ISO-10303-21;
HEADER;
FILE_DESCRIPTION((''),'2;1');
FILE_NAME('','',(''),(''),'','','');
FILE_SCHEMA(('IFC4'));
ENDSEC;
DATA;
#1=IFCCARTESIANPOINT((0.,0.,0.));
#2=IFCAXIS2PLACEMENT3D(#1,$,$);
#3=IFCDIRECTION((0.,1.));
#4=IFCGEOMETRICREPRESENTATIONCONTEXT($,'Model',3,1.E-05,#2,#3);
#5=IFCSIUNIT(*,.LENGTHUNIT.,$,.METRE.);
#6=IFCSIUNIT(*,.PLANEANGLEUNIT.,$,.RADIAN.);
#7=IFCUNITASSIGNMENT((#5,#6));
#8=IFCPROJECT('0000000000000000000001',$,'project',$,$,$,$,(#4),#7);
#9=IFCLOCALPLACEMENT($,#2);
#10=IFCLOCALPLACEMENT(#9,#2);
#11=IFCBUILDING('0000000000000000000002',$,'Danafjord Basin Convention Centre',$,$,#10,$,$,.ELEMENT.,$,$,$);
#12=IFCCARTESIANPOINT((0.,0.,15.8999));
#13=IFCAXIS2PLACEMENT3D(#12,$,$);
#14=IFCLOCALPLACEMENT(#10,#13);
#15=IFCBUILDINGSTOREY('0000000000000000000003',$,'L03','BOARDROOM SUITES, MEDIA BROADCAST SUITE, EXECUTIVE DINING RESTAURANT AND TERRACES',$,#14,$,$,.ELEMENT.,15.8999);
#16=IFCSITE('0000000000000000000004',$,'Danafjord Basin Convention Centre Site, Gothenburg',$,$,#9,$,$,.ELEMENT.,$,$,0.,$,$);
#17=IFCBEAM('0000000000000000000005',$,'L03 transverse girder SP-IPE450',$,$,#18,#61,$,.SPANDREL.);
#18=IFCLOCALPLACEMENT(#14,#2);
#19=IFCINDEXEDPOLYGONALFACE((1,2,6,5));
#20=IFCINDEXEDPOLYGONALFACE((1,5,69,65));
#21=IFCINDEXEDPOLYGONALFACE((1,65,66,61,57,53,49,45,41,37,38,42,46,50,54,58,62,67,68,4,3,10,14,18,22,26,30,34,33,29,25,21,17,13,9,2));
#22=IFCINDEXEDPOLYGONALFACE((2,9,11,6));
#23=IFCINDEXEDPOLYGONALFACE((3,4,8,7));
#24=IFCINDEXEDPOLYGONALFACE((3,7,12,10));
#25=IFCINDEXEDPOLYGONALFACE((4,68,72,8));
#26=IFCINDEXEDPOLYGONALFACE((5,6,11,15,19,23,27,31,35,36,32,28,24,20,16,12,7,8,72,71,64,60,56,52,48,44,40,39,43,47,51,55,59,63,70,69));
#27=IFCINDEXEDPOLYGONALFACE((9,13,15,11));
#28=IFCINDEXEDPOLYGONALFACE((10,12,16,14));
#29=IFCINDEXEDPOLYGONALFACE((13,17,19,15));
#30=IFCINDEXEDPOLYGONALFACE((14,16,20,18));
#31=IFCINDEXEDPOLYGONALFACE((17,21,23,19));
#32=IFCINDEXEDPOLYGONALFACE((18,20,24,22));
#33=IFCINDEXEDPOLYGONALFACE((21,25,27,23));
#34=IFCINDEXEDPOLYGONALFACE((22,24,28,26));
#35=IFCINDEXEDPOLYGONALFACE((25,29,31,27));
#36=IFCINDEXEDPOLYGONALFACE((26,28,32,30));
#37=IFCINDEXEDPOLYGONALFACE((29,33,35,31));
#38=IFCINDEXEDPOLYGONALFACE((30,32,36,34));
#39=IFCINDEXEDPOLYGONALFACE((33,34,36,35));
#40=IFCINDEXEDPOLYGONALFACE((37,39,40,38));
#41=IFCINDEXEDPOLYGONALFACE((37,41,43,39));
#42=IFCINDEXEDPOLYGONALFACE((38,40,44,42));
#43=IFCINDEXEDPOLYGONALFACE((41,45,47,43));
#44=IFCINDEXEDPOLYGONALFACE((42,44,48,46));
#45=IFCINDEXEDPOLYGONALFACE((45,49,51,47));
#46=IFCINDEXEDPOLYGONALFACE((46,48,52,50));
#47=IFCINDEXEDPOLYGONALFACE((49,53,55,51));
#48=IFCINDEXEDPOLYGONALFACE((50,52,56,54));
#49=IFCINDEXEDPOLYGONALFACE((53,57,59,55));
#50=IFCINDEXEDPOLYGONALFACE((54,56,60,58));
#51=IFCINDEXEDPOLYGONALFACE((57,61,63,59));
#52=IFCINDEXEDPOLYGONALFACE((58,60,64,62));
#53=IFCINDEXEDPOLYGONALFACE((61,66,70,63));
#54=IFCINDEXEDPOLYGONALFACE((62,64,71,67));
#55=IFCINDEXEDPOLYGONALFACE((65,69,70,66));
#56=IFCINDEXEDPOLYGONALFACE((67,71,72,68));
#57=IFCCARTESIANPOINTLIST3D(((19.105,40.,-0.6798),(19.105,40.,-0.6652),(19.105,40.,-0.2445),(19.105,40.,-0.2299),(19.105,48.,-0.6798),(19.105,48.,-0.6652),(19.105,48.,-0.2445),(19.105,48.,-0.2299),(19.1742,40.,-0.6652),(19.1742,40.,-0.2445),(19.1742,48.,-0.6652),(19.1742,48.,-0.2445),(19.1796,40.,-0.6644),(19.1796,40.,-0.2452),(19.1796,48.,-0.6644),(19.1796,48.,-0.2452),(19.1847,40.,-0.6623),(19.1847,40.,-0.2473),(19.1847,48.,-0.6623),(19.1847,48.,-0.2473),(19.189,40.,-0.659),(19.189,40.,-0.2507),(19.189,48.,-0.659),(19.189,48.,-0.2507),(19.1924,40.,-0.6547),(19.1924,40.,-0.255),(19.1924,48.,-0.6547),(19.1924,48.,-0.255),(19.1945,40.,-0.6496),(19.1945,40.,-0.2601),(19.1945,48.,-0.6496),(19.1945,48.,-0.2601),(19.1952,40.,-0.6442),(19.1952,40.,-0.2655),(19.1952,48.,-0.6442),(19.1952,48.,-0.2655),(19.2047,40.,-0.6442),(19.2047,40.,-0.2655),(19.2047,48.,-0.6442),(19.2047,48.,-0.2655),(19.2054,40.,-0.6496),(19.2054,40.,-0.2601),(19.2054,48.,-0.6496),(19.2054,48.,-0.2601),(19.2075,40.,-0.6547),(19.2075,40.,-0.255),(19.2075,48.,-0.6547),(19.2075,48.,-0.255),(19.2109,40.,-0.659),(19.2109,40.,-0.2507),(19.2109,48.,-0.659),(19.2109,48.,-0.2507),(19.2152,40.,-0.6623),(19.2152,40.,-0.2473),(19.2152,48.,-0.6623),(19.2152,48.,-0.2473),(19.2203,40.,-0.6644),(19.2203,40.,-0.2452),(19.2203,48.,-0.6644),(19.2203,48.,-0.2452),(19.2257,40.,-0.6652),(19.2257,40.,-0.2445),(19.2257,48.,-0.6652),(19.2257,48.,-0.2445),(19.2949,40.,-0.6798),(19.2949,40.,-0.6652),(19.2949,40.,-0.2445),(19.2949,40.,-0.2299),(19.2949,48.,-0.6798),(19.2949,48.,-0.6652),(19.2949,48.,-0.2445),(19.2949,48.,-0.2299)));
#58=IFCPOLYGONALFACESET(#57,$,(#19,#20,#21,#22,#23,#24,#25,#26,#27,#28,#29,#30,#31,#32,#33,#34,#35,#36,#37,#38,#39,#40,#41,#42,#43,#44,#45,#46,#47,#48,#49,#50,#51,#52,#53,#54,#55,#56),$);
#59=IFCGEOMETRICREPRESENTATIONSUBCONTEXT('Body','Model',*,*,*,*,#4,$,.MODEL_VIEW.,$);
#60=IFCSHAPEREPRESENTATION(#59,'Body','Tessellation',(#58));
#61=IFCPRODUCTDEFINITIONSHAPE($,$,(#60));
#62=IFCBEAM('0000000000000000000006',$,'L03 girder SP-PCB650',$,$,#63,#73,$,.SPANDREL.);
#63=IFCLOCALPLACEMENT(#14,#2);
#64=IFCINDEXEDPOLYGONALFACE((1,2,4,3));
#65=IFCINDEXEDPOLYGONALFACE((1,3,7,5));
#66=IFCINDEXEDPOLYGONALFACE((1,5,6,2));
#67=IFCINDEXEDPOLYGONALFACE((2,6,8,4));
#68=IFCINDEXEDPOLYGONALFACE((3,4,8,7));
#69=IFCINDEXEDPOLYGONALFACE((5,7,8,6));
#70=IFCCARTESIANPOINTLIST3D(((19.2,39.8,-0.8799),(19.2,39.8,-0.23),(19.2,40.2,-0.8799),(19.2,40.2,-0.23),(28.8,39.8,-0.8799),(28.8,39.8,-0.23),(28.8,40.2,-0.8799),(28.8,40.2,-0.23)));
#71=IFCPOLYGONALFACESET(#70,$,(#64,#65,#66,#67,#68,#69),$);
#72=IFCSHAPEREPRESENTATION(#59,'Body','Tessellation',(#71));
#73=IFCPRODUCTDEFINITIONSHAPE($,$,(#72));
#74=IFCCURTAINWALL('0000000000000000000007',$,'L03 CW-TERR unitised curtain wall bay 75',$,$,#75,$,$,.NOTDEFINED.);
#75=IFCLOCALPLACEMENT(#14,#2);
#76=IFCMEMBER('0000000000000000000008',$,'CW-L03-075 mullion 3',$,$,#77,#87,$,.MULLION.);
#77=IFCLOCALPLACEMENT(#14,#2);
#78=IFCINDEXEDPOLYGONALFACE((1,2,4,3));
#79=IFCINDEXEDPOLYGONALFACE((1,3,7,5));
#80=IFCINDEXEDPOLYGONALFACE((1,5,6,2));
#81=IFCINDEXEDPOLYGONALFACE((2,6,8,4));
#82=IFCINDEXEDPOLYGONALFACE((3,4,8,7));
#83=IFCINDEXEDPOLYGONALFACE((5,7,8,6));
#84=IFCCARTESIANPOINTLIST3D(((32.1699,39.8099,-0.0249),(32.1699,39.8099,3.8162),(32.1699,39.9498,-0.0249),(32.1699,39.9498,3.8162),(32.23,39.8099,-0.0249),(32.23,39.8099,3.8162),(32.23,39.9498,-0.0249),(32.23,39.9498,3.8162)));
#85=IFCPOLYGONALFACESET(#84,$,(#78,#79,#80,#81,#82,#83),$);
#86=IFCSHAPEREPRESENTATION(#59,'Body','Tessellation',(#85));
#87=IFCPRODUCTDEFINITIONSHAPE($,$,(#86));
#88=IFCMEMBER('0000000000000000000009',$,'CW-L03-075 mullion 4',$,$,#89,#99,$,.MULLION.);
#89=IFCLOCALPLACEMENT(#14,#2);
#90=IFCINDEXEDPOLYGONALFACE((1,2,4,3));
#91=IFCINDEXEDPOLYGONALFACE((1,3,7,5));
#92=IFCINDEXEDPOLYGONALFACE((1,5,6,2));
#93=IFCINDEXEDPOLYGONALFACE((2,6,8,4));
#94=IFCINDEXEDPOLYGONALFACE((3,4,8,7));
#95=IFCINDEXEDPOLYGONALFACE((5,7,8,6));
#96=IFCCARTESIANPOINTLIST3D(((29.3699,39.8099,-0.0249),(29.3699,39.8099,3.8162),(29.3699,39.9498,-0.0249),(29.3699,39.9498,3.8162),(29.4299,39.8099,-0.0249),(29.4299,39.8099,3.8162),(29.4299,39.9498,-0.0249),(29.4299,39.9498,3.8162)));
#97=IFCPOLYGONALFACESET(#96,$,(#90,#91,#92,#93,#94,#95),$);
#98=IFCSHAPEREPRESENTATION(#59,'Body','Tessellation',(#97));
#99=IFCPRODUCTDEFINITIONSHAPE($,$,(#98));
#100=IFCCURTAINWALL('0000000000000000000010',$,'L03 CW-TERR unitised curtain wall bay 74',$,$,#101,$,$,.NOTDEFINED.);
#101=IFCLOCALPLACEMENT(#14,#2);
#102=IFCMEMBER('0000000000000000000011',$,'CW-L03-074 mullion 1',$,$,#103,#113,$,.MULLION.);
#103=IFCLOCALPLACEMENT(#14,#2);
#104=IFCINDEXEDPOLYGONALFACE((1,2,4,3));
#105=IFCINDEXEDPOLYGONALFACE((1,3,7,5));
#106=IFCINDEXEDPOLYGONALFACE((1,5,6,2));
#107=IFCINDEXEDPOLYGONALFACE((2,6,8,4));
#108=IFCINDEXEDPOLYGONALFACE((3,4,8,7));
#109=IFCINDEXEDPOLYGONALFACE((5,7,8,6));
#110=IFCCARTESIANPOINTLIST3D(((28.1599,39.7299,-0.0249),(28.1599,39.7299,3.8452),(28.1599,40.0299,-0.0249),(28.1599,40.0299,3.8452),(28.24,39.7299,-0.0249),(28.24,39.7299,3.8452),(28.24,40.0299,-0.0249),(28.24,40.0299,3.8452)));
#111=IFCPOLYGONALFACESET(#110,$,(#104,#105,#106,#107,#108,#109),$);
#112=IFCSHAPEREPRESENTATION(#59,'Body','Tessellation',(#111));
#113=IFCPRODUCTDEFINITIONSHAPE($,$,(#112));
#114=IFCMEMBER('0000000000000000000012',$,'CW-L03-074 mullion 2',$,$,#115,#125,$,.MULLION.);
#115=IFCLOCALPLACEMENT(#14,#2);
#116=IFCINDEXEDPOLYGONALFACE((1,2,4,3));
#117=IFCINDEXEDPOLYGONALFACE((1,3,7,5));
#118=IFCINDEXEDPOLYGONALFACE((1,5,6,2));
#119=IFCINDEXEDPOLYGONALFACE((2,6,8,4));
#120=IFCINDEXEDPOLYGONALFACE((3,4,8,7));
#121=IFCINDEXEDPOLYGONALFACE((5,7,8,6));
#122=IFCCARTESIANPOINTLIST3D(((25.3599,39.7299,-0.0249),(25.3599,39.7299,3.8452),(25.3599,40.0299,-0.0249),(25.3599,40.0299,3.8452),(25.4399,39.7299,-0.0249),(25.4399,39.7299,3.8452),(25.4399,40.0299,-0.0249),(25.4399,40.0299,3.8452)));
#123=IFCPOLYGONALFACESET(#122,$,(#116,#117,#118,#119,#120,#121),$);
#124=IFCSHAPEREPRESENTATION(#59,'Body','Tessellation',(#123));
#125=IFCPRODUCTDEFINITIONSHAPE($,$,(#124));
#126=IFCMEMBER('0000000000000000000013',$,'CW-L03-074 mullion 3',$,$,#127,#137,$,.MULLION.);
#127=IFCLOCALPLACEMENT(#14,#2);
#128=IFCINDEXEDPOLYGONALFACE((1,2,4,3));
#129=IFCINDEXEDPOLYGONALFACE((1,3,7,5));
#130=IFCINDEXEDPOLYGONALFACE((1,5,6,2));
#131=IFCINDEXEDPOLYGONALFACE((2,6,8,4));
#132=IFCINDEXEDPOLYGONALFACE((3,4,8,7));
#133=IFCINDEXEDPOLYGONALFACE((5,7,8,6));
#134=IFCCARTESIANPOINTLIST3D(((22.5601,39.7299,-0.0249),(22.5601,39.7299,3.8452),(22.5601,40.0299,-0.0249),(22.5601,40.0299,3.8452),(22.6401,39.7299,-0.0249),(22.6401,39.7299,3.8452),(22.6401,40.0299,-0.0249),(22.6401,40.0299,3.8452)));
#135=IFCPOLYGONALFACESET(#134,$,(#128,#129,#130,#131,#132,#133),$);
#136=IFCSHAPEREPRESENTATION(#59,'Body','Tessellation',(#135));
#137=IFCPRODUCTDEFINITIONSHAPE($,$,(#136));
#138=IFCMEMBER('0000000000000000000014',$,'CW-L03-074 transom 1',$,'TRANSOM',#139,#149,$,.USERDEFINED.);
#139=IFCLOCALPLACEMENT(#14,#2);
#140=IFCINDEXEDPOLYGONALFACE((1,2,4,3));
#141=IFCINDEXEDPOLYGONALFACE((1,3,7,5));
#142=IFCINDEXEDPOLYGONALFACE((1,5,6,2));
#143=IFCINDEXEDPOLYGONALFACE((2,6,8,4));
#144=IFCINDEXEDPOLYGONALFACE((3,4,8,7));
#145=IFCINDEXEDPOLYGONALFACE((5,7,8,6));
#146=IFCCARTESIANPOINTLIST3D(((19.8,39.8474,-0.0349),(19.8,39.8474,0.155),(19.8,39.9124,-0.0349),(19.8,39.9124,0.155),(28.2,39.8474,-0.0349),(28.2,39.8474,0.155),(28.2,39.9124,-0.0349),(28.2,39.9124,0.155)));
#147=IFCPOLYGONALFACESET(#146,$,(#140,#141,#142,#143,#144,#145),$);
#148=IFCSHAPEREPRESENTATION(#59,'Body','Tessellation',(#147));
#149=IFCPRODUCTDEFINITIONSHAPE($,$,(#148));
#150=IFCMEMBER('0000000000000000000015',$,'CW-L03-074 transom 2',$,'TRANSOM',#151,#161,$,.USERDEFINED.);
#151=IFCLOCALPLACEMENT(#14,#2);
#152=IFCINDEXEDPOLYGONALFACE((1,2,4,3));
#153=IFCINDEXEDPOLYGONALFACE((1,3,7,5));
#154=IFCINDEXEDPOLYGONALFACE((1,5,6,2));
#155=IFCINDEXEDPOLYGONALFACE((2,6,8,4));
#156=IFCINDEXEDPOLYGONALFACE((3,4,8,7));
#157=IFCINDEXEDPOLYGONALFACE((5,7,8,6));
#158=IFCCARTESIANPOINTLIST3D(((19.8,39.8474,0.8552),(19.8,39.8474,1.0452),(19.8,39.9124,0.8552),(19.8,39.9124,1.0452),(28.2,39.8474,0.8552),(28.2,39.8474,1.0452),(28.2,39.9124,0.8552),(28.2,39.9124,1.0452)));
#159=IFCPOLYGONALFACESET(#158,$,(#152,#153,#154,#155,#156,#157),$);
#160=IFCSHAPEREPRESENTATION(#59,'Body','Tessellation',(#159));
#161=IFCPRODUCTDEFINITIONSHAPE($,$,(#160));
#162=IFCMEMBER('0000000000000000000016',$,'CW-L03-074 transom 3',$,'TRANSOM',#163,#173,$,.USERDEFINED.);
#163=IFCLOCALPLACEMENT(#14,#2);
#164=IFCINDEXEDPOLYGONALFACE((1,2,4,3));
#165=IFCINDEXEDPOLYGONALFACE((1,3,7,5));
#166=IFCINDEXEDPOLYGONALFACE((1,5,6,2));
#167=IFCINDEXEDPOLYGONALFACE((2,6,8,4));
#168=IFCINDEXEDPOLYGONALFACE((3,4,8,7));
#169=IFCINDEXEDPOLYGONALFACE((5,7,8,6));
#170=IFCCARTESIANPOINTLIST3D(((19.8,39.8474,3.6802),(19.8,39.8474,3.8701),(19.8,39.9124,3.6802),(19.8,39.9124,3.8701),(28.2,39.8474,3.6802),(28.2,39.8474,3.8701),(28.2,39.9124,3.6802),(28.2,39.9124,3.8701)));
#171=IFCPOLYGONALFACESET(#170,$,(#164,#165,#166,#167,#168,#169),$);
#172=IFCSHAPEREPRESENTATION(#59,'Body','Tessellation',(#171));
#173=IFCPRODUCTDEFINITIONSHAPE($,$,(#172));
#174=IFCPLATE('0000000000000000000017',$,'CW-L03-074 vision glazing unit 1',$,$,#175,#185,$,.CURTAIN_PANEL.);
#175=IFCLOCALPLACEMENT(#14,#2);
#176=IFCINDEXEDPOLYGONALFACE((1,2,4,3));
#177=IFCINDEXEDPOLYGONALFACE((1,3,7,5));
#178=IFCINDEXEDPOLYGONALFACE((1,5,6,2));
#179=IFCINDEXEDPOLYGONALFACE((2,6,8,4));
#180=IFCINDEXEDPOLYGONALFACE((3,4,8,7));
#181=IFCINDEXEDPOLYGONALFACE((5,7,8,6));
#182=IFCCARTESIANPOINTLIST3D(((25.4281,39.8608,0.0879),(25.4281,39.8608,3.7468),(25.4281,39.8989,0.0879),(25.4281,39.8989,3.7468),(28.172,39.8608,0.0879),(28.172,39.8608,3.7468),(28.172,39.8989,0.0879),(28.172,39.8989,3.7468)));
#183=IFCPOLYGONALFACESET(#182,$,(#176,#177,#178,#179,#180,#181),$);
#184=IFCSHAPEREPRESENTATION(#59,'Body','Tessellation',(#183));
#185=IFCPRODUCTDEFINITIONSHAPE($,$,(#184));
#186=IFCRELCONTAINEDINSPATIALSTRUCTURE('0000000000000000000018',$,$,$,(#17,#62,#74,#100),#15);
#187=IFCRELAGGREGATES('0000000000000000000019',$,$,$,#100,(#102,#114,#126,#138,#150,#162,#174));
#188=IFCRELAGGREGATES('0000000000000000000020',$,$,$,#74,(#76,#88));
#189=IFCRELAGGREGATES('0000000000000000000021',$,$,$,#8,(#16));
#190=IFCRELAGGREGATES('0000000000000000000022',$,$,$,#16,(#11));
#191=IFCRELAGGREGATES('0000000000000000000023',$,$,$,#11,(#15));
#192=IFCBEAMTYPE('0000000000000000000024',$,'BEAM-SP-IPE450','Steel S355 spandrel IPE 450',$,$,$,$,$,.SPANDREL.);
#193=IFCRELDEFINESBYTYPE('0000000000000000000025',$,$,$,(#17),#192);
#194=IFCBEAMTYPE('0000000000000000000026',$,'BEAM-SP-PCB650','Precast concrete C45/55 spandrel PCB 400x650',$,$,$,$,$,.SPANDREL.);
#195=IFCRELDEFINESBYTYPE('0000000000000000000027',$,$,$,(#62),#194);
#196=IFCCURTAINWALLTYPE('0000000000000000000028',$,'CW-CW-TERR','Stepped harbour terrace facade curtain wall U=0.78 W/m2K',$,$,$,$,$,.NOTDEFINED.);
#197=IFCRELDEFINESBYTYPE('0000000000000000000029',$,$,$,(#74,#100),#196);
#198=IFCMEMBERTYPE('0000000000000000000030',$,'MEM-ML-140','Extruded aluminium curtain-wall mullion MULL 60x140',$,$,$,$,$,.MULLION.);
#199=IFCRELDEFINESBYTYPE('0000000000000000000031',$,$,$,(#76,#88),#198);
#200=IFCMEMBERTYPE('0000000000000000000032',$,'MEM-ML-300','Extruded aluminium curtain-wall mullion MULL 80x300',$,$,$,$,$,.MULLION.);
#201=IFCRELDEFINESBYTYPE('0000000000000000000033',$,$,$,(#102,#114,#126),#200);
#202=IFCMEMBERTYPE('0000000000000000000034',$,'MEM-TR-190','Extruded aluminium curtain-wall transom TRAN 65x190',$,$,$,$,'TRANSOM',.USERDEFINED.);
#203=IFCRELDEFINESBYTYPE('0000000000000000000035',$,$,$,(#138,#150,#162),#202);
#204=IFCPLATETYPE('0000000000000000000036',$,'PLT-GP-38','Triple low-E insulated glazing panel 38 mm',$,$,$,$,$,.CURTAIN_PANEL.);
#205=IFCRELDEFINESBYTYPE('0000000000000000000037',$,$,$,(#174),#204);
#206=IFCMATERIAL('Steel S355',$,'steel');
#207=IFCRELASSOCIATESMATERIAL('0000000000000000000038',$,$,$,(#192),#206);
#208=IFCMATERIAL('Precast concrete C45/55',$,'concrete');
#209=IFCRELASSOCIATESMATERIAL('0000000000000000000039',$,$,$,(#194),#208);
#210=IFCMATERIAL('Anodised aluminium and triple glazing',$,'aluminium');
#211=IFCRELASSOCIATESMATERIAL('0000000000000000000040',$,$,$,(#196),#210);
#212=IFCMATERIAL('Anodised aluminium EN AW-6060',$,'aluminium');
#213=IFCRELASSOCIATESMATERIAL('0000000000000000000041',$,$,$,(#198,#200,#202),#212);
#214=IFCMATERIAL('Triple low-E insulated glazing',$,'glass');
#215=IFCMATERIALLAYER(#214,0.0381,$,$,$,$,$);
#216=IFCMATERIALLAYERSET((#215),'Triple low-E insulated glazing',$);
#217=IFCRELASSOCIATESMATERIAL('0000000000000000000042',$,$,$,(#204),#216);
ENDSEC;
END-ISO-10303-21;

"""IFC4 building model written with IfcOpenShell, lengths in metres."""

from ifc_helpers import new_model, si_unit, direction, frame, origin, origin_2d, place, context, subcontext, project, spatial, rectangle, i_section, extrude, material, layer, layer_set, material_profile, profile_set, type_object, element, aggregate, save


model = new_model("IFC4")

# Units and contexts
model_context = context("Model", 3, precision=1e-05, world=origin(), true_north=direction((0.0, 1.0)))
body_context = subcontext(model_context, "Body", "Model", "MODEL_VIEW")
ifc_project = project(units=[si_unit("LENGTHUNIT", "METRE"), si_unit("PLANEANGLEUNIT", "RADIAN")], contexts=[model_context])

# Site, building, storey
site_placement = place(None, origin())
site = spatial("IfcSite", under=ifc_project, at=site_placement, Name="Danafjord Basin Convention Centre Site, Gothenburg", CompositionType="ELEMENT", RefElevation=0.0)
building_placement = place(site_placement, origin())
building = spatial("IfcBuilding", under=site, at=building_placement, Name="Danafjord Basin Convention Centre", CompositionType="ELEMENT")
storey_placement = place(building_placement, frame((0.0, 0.0, 15.8999)))
storey = spatial("IfcBuildingStorey", under=building, at=storey_placement, Name="L03", Description="BOARDROOM SUITES, MEDIA BROADCAST SUITE, EXECUTIVE DINING RESTAURANT AND TERRACES", CompositionType="ELEMENT", Elevation=15.8999)

# Shared definitions
ifc_material_1 = material(Name="Steel S355", Category="steel")

# Beams
ifc_material_profile_1 = material_profile(ifc_material_1, i_section(OverallWidth=0.1899, OverallDepth=0.45, WebThickness=0.0095, FlangeThickness=0.0146, FilletRadius=0.021, at=origin_2d()), Name="IPE 450")
ifc_profile_set_1 = profile_set([ifc_material_profile_1], Name="Steel S355")
beam_type_1 = type_object("IfcBeamType", Name="BEAM-SP-IPE450", Description="Steel S355 spandrel IPE 450", PredefinedType="SPANDREL", material=ifc_profile_set_1)
beam_1_placement = place(storey_placement, frame((19.2, 40.0, -0.4548), z_axis=(0.0, 1.0, 0.0), x_axis=(-1.0, 0.0, 0.0)))
element("IfcBeam", 1, at=beam_1_placement, inside=storey, type_object=beam_type_1, Name="L03 transverse girder SP-IPE450", PredefinedType="SPANDREL", context=body_context, shape_type="SweptSolid", body=[
    extrude(i_section(OverallWidth=0.1899, OverallDepth=0.45, WebThickness=0.0095, FlangeThickness=0.0146, FilletRadius=0.021, at=origin_2d()), origin(), (0.0, 0.0, 1.0), 8.0),
])
ifc_material_2 = material(Name="Precast concrete C45/55", Category="concrete")
ifc_material_profile_2 = material_profile(ifc_material_2, rectangle(XDim=0.3999, YDim=0.6499, at=origin_2d()), Name="PCB 400x650")
ifc_profile_set_2 = profile_set([ifc_material_profile_2], Name="Precast concrete C45/55")
beam_type_2 = type_object("IfcBeamType", Name="BEAM-SP-PCB650", Description="Precast concrete C45/55 spandrel PCB 400x650", PredefinedType="SPANDREL", material=ifc_profile_set_2)
beam_2_placement = place(storey_placement, frame((19.2, 40.0, -0.5549), z_axis=(1.0, 0.0, 0.0), x_axis=(0.0, 1.0, 0.0)))
element("IfcBeam", 2, at=beam_2_placement, inside=storey, type_object=beam_type_2, Name="L03 girder SP-PCB650", PredefinedType="SPANDREL", context=body_context, shape_type="SweptSolid", body=[
    extrude(rectangle(XDim=0.3999, YDim=0.6499, at=origin_2d()), origin(), (0.0, 0.0, 1.0), 9.6001),
])

# Curtain wall, members
ifc_material_3 = material(Name="Anodised aluminium and triple glazing", Category="aluminium")
curtain_wall_type = type_object("IfcCurtainWallType", Name="CW-CW-TERR", Description="Stepped harbour terrace facade curtain wall U=0.78 W/m2K", PredefinedType="NOTDEFINED", material=ifc_material_3)
curtain_wall_1_placement = place(storey_placement, origin())
curtain_wall_1 = element("IfcCurtainWall", 3, at=curtain_wall_1_placement, inside=storey, type_object=curtain_wall_type, Name="L03 CW-TERR unitised curtain wall bay 75", PredefinedType="NOTDEFINED")
ifc_material_4 = material(Name="Anodised aluminium EN AW-6060", Category="aluminium")
ifc_material_profile_3 = material_profile(ifc_material_4, rectangle(XDim=0.0601, YDim=0.1399, at=origin_2d()), Name="MULL 60x140")
ifc_profile_set_3 = profile_set([ifc_material_profile_3], Name="Anodised aluminium EN AW-6060")
member_type_1 = type_object("IfcMemberType", Name="MEM-ML-140", Description="Extruded aluminium curtain-wall mullion MULL 60x140", PredefinedType="MULLION", material=ifc_profile_set_3)
member_1_placement = place(storey_placement, frame((32.2, 39.8799, -0.0249), z_axis=(0.0, 0.0, 1.0), x_axis=(-1.0, 0.0, 0.0)))
member_1 = element("IfcMember", 4, at=member_1_placement, type_object=member_type_1, Name="CW-L03-075 mullion 3", PredefinedType="MULLION", context=body_context, shape_type="SweptSolid", body=[
    extrude(rectangle(XDim=0.0601, YDim=0.1399, at=origin_2d()), origin(), (0.0, 0.0, 1.0), 3.8411),
])
member_2_placement = place(storey_placement, frame((29.3999, 39.8799, -0.0249), z_axis=(0.0, 0.0, 1.0), x_axis=(-1.0, 0.0, 0.0)))
member_2 = element("IfcMember", 5, at=member_2_placement, type_object=member_type_1, Name="CW-L03-075 mullion 4", PredefinedType="MULLION", context=body_context, shape_type="SweptSolid", body=[
    extrude(rectangle(XDim=0.0601, YDim=0.1399, at=origin_2d()), origin(), (0.0, 0.0, 1.0), 3.8411),
])

# Curtain wall, members, plate
curtain_wall_2_placement = place(storey_placement, origin())
curtain_wall_2 = element("IfcCurtainWall", 6, at=curtain_wall_2_placement, inside=storey, type_object=curtain_wall_type, Name="L03 CW-TERR unitised curtain wall bay 74", PredefinedType="NOTDEFINED")
ifc_material_profile_4 = material_profile(ifc_material_4, rectangle(XDim=0.0801, YDim=0.3, at=origin_2d()), Name="MULL 80x300")
ifc_profile_set_4 = profile_set([ifc_material_profile_4], Name="Anodised aluminium EN AW-6060")
member_type_2 = type_object("IfcMemberType", Name="MEM-ML-300", Description="Extruded aluminium curtain-wall mullion MULL 80x300", PredefinedType="MULLION", material=ifc_profile_set_4)
member_3_placement = place(storey_placement, frame((28.2, 39.8799, -0.0249), z_axis=(0.0, 0.0, 1.0), x_axis=(-1.0, 0.0, 0.0)))
member_3 = element("IfcMember", 7, at=member_3_placement, type_object=member_type_2, Name="CW-L03-074 mullion 1", PredefinedType="MULLION", context=body_context, shape_type="SweptSolid", body=[
    extrude(rectangle(XDim=0.0801, YDim=0.3, at=origin_2d()), origin(), (0.0, 0.0, 1.0), 3.8701),
])
member_4_placement = place(storey_placement, frame((25.3999, 39.8799, -0.0249), z_axis=(0.0, 0.0, 1.0), x_axis=(-1.0, 0.0, 0.0)))
member_4 = element("IfcMember", 8, at=member_4_placement, type_object=member_type_2, Name="CW-L03-074 mullion 2", PredefinedType="MULLION", context=body_context, shape_type="SweptSolid", body=[
    extrude(rectangle(XDim=0.0801, YDim=0.3, at=origin_2d()), origin(), (0.0, 0.0, 1.0), 3.8701),
])
member_5_placement = place(storey_placement, frame((22.6001, 39.8799, -0.0249), z_axis=(0.0, 0.0, 1.0), x_axis=(-1.0, 0.0, 0.0)))
member_5 = element("IfcMember", 9, at=member_5_placement, type_object=member_type_2, Name="CW-L03-074 mullion 3", PredefinedType="MULLION", context=body_context, shape_type="SweptSolid", body=[
    extrude(rectangle(XDim=0.0801, YDim=0.3, at=origin_2d()), origin(), (0.0, 0.0, 1.0), 3.8701),
])
ifc_material_profile_5 = material_profile(ifc_material_4, rectangle(XDim=0.0649, YDim=0.1899, at=origin_2d()), Name="TRAN 65x190")
ifc_profile_set_5 = profile_set([ifc_material_profile_5], Name="Anodised aluminium EN AW-6060")
member_type_3 = type_object("IfcMemberType", Name="MEM-TR-190", Description="Extruded aluminium curtain-wall transom TRAN 65x190", ElementType="TRANSOM", PredefinedType="USERDEFINED", material=ifc_profile_set_5)
member_6_placement = place(storey_placement, frame((28.2, 39.8799, 0.0601), z_axis=(-1.0, 0.0, 0.0), x_axis=(0.0, -1.0, 0.0)))
member_6 = element("IfcMember", 10, at=member_6_placement, type_object=member_type_3, Name="CW-L03-074 transom 1", ObjectType="TRANSOM", PredefinedType="USERDEFINED", context=body_context, shape_type="SweptSolid", body=[
    extrude(rectangle(XDim=0.0649, YDim=0.1899, at=origin_2d()), origin(), (0.0, 0.0, 1.0), 8.3999),
])
member_7_placement = place(storey_placement, frame((28.2, 39.8799, 0.9502), z_axis=(-1.0, 0.0, 0.0), x_axis=(0.0, -1.0, 0.0)))
member_7 = element("IfcMember", 11, at=member_7_placement, type_object=member_type_3, Name="CW-L03-074 transom 2", ObjectType="TRANSOM", PredefinedType="USERDEFINED", context=body_context, shape_type="SweptSolid", body=[
    extrude(rectangle(XDim=0.0649, YDim=0.1899, at=origin_2d()), origin(), (0.0, 0.0, 1.0), 8.3999),
])
member_8_placement = place(storey_placement, frame((28.2, 39.8799, 3.7751), z_axis=(-1.0, 0.0, 0.0), x_axis=(0.0, -1.0, 0.0)))
member_8 = element("IfcMember", 12, at=member_8_placement, type_object=member_type_3, Name="CW-L03-074 transom 3", ObjectType="TRANSOM", PredefinedType="USERDEFINED", context=body_context, shape_type="SweptSolid", body=[
    extrude(rectangle(XDim=0.0649, YDim=0.1899, at=origin_2d()), origin(), (0.0, 0.0, 1.0), 8.3999),
])
ifc_material_5 = material(Name="Triple low-E insulated glazing", Category="glass")
ifc_layer_1 = layer(ifc_material_5, 0.0381)
ifc_layer_set_1 = layer_set([ifc_layer_1], Name="Triple low-E insulated glazing")
plate_type_1 = type_object("IfcPlateType", Name="PLT-GP-38", Description="Triple low-E insulated glazing panel 38 mm", PredefinedType="CURTAIN_PANEL", material=ifc_layer_set_1)
plate_1_placement = place(storey_placement, frame((26.8, 39.8799, 0.0879), z_axis=(0.0, 0.0, 1.0), x_axis=(-1.0, 0.0, 0.0)))
plate_1 = element("IfcPlate", 13, at=plate_1_placement, type_object=plate_type_1, Name="CW-L03-074 vision glazing unit 1", PredefinedType="CURTAIN_PANEL", context=body_context, shape_type="SweptSolid", body=[
    extrude(rectangle(XDim=2.7439, YDim=0.0381, at=origin_2d()), origin(), (0.0, 0.0, 1.0), 3.6589),
])
aggregate(curtain_wall_2, [member_3, member_4, member_5, member_6, member_7, member_8, plate_1])

aggregate(curtain_wall_1, [member_1, member_2])

save(model, "model.ifc")
